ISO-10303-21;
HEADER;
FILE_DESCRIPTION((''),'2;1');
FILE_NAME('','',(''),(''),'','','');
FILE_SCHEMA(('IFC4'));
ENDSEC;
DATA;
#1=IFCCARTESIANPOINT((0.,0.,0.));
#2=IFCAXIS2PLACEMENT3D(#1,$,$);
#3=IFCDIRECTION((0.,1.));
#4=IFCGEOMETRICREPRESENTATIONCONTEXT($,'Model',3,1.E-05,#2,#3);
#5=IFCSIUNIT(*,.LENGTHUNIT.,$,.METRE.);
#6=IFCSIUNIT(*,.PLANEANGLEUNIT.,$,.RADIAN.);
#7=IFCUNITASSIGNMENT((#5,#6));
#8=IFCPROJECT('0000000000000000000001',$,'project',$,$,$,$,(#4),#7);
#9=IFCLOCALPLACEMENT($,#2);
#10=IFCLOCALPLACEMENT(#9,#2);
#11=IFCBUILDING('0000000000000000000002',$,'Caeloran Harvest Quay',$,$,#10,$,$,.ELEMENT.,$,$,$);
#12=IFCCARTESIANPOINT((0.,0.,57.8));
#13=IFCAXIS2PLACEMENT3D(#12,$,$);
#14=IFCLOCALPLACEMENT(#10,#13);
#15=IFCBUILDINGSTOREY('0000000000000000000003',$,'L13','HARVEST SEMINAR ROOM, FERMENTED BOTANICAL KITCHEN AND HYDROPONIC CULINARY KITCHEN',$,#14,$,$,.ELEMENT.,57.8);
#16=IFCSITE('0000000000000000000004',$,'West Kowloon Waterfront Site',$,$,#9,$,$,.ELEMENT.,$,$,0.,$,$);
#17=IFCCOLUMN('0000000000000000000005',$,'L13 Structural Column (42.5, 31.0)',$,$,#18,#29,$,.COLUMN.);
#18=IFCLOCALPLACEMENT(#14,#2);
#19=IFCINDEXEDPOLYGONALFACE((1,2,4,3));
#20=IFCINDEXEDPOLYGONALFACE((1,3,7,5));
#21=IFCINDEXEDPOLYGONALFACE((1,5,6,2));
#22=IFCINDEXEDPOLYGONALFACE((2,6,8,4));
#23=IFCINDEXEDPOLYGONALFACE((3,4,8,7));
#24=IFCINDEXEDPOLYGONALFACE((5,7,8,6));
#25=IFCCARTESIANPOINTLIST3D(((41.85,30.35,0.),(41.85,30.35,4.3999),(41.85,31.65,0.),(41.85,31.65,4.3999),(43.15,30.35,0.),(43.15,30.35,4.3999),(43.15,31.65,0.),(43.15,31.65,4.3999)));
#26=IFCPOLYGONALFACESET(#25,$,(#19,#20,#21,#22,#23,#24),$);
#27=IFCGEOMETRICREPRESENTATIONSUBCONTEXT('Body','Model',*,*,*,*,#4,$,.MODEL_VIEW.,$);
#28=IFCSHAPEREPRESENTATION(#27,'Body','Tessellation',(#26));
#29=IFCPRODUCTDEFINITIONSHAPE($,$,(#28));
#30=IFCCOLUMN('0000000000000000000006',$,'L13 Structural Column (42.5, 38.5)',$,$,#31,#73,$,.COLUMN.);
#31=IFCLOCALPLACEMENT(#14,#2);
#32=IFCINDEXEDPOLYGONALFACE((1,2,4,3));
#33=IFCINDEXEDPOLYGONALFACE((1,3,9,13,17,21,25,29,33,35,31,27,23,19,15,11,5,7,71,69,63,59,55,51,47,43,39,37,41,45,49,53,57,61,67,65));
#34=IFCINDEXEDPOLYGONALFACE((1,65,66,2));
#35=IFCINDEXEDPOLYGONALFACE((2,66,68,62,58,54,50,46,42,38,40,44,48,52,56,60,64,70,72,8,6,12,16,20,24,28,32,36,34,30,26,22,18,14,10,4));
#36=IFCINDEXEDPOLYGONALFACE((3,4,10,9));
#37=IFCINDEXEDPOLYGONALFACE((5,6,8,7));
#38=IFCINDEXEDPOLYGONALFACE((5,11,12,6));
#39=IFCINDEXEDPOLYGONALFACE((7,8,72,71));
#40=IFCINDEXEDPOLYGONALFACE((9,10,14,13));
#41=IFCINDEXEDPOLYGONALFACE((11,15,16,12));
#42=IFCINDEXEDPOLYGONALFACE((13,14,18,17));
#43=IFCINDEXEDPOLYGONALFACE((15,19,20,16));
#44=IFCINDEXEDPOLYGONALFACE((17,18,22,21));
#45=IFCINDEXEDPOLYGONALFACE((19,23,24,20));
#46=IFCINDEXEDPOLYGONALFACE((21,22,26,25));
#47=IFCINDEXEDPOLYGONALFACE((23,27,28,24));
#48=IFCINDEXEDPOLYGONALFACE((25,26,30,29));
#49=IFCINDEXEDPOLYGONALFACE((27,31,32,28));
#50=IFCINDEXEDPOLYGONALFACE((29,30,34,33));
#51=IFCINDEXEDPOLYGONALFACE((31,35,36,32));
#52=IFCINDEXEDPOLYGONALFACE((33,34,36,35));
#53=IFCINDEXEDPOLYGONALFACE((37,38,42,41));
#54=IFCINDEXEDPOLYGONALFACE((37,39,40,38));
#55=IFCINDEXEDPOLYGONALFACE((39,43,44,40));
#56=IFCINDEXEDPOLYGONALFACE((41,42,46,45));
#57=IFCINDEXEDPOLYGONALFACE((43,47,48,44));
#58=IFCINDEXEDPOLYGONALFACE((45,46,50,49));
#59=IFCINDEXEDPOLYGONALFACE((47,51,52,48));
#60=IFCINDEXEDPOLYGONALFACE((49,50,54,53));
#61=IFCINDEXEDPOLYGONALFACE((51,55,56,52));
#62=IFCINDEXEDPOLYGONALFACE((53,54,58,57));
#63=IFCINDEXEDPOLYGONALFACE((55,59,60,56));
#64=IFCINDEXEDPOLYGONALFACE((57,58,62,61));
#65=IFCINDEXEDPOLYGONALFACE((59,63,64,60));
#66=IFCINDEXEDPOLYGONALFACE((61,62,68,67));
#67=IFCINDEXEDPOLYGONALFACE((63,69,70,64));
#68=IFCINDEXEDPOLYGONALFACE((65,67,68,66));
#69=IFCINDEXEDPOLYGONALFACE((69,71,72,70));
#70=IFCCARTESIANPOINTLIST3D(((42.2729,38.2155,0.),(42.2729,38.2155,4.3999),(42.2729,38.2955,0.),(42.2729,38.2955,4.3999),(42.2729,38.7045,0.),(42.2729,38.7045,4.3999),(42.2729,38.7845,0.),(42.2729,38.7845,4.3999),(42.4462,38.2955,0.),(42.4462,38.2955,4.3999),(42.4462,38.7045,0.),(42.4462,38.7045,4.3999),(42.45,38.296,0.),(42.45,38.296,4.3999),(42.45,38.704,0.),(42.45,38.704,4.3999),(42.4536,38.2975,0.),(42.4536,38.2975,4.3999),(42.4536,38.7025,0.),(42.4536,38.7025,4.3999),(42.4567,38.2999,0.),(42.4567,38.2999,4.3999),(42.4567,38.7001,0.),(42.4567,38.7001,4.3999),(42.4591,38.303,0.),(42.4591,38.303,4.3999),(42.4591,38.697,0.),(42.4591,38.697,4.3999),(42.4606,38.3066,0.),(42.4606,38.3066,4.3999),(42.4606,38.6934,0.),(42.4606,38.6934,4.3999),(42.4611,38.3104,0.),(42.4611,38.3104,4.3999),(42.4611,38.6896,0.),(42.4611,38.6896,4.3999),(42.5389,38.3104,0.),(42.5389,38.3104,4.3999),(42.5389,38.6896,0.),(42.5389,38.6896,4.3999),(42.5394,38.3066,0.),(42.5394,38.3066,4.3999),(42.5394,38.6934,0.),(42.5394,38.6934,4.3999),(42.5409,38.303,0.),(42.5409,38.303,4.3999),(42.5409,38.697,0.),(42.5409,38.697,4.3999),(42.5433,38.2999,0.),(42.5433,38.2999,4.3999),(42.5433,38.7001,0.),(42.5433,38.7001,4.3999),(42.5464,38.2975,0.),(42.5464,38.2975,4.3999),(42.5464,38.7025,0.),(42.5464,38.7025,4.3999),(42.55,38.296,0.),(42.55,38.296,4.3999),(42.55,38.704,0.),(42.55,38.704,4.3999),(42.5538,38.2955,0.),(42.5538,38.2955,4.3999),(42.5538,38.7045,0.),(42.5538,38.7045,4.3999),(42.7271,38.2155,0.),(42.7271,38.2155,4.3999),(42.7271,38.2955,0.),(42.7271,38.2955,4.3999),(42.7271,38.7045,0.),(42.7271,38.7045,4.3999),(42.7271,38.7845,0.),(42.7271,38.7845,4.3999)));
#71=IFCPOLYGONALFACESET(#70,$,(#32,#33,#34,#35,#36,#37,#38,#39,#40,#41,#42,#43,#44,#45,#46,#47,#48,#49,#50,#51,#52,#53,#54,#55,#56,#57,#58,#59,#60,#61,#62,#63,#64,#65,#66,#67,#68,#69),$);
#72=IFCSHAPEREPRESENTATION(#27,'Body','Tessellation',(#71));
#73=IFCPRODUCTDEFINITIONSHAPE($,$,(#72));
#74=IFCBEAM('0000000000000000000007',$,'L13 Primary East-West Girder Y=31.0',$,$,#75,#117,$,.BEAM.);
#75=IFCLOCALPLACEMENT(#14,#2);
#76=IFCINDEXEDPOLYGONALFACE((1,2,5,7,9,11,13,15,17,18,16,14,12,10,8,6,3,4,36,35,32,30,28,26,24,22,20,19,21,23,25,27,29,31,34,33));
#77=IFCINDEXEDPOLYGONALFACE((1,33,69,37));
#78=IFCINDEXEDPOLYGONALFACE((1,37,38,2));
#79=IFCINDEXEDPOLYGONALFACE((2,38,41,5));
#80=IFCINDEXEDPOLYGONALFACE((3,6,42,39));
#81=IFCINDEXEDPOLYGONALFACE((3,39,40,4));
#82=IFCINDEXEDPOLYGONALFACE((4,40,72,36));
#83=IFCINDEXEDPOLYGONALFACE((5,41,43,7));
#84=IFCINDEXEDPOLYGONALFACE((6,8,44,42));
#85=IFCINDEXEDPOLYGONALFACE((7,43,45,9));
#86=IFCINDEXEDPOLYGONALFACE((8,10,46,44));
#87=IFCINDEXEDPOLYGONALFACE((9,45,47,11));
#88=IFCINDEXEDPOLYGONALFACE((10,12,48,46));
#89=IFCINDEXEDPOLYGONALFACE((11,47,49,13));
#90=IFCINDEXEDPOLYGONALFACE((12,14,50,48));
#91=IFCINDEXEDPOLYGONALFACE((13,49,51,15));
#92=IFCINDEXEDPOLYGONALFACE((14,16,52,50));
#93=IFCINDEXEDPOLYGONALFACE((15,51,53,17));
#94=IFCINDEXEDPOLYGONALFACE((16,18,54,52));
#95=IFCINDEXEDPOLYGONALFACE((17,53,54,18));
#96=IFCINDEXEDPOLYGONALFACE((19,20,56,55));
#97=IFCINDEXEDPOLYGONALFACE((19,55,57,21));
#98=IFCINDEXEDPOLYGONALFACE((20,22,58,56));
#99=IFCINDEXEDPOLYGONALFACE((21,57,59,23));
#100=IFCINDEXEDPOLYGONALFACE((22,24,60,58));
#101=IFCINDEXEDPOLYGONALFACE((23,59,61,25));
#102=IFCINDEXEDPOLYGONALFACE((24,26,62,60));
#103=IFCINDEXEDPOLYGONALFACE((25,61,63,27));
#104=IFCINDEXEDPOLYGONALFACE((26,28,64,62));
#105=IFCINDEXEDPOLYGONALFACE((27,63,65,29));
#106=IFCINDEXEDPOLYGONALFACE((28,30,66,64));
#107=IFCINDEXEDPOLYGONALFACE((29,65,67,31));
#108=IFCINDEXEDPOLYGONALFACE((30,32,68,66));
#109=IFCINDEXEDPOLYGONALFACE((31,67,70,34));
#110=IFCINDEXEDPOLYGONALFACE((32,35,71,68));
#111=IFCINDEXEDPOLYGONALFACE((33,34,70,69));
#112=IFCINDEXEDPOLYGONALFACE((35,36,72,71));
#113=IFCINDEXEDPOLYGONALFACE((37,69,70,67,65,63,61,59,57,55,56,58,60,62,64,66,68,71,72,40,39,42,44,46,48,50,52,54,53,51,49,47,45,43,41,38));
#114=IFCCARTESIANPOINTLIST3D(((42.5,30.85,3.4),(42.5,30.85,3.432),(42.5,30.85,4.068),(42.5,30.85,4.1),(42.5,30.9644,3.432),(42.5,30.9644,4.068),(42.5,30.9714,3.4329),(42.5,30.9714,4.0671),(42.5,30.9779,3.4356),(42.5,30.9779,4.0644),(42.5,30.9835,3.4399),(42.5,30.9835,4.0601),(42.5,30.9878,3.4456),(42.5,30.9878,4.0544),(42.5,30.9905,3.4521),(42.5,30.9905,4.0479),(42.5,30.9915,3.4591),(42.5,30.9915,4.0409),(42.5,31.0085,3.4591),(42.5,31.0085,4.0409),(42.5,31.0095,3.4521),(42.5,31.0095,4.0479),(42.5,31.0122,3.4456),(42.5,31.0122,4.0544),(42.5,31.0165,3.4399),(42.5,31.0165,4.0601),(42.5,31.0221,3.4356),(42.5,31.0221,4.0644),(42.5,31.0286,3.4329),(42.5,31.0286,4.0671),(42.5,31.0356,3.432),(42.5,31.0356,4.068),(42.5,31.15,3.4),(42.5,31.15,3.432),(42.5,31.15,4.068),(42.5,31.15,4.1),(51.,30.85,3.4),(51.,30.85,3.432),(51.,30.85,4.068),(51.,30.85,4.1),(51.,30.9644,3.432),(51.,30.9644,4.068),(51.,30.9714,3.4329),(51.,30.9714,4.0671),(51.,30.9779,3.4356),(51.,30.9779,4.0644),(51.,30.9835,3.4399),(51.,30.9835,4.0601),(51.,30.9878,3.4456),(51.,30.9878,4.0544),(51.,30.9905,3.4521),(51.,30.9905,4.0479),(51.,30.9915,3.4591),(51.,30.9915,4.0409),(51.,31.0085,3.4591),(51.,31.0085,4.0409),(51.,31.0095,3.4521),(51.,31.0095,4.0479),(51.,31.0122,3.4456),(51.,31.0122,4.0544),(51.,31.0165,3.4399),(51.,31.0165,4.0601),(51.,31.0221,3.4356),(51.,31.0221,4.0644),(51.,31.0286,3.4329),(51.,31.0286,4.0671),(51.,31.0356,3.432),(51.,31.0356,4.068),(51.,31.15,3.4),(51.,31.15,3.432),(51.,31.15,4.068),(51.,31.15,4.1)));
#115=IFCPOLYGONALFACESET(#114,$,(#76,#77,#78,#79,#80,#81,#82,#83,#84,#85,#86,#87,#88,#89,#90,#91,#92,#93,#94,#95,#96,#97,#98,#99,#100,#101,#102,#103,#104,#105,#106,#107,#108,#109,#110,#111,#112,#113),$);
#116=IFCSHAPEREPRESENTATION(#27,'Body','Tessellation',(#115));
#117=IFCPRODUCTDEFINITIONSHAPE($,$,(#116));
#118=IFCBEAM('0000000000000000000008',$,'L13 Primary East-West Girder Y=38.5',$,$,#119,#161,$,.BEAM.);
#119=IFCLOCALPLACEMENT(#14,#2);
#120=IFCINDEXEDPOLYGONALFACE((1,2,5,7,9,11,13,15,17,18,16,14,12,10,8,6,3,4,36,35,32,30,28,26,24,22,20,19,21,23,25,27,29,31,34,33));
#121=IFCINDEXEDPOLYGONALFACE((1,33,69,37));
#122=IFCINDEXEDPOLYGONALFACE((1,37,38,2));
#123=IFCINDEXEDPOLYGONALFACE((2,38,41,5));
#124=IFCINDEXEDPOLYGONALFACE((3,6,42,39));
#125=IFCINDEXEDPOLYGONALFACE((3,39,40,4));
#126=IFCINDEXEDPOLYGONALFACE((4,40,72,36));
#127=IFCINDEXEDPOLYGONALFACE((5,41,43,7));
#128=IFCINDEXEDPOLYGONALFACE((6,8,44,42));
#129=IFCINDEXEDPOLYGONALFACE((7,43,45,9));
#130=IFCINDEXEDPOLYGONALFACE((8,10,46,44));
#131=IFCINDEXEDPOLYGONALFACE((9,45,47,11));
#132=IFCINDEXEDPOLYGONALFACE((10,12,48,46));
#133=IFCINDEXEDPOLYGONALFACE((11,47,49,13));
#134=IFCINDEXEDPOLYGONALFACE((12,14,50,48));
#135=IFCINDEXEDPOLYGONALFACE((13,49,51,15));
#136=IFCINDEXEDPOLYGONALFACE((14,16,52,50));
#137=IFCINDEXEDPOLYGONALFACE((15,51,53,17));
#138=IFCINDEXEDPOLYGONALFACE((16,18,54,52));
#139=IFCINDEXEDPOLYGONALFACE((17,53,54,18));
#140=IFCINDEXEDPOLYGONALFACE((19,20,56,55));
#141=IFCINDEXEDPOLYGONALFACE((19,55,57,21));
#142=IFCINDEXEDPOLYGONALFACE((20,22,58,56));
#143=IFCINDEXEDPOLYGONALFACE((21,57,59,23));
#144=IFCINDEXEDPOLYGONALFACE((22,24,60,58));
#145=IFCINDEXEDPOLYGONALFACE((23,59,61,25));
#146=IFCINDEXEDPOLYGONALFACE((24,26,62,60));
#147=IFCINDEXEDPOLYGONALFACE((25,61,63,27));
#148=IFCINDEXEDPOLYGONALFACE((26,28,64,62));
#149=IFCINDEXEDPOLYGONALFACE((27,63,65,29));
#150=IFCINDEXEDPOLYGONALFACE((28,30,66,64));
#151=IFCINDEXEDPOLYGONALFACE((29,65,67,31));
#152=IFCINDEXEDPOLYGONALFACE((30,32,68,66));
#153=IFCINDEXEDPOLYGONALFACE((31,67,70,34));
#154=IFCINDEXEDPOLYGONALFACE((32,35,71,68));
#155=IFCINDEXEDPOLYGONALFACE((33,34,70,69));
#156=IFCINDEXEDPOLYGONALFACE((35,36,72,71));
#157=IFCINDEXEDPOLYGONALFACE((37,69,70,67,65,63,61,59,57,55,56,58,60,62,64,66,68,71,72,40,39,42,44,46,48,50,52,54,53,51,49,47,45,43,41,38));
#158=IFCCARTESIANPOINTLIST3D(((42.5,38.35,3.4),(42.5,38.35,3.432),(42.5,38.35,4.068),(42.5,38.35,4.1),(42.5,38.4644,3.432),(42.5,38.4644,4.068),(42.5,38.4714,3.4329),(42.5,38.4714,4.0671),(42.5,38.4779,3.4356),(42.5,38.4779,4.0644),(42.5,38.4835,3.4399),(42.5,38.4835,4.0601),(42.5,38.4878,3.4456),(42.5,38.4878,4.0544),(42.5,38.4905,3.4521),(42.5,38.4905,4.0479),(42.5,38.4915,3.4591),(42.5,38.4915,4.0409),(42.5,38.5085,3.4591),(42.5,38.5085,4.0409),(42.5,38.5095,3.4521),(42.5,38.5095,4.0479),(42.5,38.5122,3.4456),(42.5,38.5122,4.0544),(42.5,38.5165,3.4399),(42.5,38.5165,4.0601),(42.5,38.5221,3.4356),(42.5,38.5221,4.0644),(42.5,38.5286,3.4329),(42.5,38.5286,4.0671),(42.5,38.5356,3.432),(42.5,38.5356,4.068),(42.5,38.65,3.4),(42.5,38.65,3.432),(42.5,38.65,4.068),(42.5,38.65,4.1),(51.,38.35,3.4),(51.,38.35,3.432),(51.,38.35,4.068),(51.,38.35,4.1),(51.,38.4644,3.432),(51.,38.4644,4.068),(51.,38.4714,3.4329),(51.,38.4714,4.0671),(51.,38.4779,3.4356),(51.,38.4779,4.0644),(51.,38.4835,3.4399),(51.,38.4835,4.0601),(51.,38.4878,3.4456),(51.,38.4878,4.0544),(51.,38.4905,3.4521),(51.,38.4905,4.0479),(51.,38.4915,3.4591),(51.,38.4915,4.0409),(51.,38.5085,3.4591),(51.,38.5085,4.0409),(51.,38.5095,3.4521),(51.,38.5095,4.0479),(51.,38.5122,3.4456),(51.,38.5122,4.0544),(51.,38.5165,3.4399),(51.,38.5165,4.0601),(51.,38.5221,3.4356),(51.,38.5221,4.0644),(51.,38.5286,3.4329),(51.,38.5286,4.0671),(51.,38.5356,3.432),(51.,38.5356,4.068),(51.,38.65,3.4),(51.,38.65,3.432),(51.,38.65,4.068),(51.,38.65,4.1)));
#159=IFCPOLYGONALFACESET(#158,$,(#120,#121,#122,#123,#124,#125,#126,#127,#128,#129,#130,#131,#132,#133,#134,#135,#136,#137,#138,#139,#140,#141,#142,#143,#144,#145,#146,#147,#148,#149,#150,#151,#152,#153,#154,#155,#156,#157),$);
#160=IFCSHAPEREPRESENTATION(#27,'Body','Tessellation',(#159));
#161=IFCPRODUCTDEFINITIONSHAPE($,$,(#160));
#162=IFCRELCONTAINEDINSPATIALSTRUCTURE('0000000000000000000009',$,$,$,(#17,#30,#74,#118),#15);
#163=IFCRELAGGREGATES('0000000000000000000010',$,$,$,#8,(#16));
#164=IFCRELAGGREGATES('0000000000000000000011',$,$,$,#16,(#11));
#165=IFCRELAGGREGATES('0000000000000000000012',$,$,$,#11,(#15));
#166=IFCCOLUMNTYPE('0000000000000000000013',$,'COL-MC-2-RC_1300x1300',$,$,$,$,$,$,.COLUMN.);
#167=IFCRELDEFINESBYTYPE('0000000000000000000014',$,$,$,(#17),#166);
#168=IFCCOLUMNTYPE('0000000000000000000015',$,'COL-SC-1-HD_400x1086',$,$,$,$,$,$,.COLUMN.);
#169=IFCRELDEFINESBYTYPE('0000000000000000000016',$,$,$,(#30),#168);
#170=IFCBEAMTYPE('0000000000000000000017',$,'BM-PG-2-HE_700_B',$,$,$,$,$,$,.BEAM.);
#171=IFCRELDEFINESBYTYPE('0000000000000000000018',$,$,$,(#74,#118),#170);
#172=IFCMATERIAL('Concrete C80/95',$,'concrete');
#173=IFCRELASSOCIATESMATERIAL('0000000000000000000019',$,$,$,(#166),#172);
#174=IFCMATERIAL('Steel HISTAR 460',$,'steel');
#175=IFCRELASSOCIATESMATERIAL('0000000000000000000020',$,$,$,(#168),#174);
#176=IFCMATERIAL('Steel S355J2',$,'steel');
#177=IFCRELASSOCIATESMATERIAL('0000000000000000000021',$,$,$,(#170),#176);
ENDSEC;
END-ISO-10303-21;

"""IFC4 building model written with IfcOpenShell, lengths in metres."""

from ifc_helpers import new_model, si_unit, direction, frame, origin, origin_2d, place, context, subcontext, project, spatial, rectangle, i_section, extrude, material, material_profile, profile_set, type_object, element, save


model = new_model("IFC4")

# Units and contexts
model_context = context("Model", 3, precision=1e-05, world=origin(), true_north=direction((0.0, 1.0)))
body_context = subcontext(model_context, "Body", "Model", "MODEL_VIEW")
ifc_project = project(units=[si_unit("LENGTHUNIT", "METRE"), si_unit("PLANEANGLEUNIT", "RADIAN")], contexts=[model_context])

# Site, building, storey
site_placement = place(None, origin())
site = spatial("IfcSite", under=ifc_project, at=site_placement, Name="West Kowloon Waterfront Site", CompositionType="ELEMENT", RefElevation=0.0)
building_placement = place(site_placement, origin())
building = spatial("IfcBuilding", under=site, at=building_placement, Name="Caeloran Harvest Quay", CompositionType="ELEMENT")
storey_placement = place(building_placement, frame((0.0, 0.0, 57.8)))
storey = spatial("IfcBuildingStorey", under=building, at=storey_placement, Name="L13", Description="HARVEST SEMINAR ROOM, FERMENTED BOTANICAL KITCHEN AND HYDROPONIC CULINARY KITCHEN", CompositionType="ELEMENT", Elevation=57.8)

# Columns
ifc_material_1 = material(Name="Concrete C80/95", Category="concrete")
ifc_material_profile_1 = material_profile(ifc_material_1, rectangle(XDim=1.3, YDim=1.3, at=origin_2d()), Name="RC 1300x1300")
ifc_profile_set_1 = profile_set([ifc_material_profile_1], Name="Concrete C80/95")
column_type_1 = type_object("IfcColumnType", Name="COL-MC-2-RC_1300x1300", PredefinedType="COLUMN", material=ifc_profile_set_1)
column_1_placement = place(storey_placement, frame((42.5, 31.0, 0.0), z_axis=(0.0, 0.0, 1.0), x_axis=(1.0, 0.0, 0.0)))
element("IfcColumn", 1, at=column_1_placement, inside=storey, type_object=column_type_1, Name="L13 Structural Column (42.5, 31.0)", PredefinedType="COLUMN", context=body_context, shape_type="SweptSolid", body=[
    extrude(rectangle(XDim=1.3, YDim=1.3, at=origin_2d()), origin(), (0.0, 0.0, 1.0), 4.3999),
])
ifc_material_2 = material(Name="Steel HISTAR 460", Category="steel")
ifc_material_profile_2 = material_profile(ifc_material_2, i_section(OverallWidth=0.4541, OverallDepth=0.5691, WebThickness=0.0779, FlangeThickness=0.0801, FilletRadius=0.0149, at=origin_2d()), Name="HD 400x1086")
ifc_profile_set_2 = profile_set([ifc_material_profile_2], Name="Steel HISTAR 460")
column_type_2 = type_object("IfcColumnType", Name="COL-SC-1-HD_400x1086", PredefinedType="COLUMN", material=ifc_profile_set_2)
column_2_placement = place(storey_placement, frame((42.5, 38.5, 0.0), z_axis=(0.0, 0.0, 1.0), x_axis=(1.0, 0.0, 0.0)))
element("IfcColumn", 2, at=column_2_placement, inside=storey, type_object=column_type_2, Name="L13 Structural Column (42.5, 38.5)", PredefinedType="COLUMN", context=body_context, shape_type="SweptSolid", body=[
    extrude(i_section(OverallWidth=0.4541, OverallDepth=0.5691, WebThickness=0.0779, FlangeThickness=0.0801, FilletRadius=0.0149, at=origin_2d()), origin(), (0.0, 0.0, 1.0), 4.3999),
])

# Beams
ifc_material_3 = material(Name="Steel S355J2", Category="steel")
ifc_material_profile_3 = material_profile(ifc_material_3, i_section(OverallWidth=0.3, OverallDepth=0.7, WebThickness=0.0171, FlangeThickness=0.032, FilletRadius=0.0271, at=origin_2d()), Name="HE 700 B")
ifc_profile_set_3 = profile_set([ifc_material_profile_3], Name="Steel S355J2")
beam_type_1 = type_object("IfcBeamType", Name="BM-PG-2-HE_700_B", PredefinedType="BEAM", material=ifc_profile_set_3)
for number, where, z_axis, x_axis, name in (
    (3, (42.5, 31.0, 3.75), (1.0, 0.0, 0.0), (0.0, 1.0, 0.0), "L13 Primary East-West Girder Y=31.0"),
    (4, (42.5, 38.5, 3.75), (1.0, 0.0, 0.0), (0.0, 1.0, 0.0), "L13 Primary East-West Girder Y=38.5"),
):
    element("IfcBeam", number, at=place(storey_placement, frame(where, z_axis=z_axis, x_axis=x_axis)), inside=storey, type_object=beam_type_1, Name=name, PredefinedType="BEAM", context=body_context, shape_type="SweptSolid", body=[
        extrude(i_section(OverallWidth=0.3, OverallDepth=0.7, WebThickness=0.0171, FlangeThickness=0.032, FilletRadius=0.0271, at=origin_2d()), origin(), (0.0, 0.0, 1.0), 8.5),
    ])

save(model, "model.ifc")
